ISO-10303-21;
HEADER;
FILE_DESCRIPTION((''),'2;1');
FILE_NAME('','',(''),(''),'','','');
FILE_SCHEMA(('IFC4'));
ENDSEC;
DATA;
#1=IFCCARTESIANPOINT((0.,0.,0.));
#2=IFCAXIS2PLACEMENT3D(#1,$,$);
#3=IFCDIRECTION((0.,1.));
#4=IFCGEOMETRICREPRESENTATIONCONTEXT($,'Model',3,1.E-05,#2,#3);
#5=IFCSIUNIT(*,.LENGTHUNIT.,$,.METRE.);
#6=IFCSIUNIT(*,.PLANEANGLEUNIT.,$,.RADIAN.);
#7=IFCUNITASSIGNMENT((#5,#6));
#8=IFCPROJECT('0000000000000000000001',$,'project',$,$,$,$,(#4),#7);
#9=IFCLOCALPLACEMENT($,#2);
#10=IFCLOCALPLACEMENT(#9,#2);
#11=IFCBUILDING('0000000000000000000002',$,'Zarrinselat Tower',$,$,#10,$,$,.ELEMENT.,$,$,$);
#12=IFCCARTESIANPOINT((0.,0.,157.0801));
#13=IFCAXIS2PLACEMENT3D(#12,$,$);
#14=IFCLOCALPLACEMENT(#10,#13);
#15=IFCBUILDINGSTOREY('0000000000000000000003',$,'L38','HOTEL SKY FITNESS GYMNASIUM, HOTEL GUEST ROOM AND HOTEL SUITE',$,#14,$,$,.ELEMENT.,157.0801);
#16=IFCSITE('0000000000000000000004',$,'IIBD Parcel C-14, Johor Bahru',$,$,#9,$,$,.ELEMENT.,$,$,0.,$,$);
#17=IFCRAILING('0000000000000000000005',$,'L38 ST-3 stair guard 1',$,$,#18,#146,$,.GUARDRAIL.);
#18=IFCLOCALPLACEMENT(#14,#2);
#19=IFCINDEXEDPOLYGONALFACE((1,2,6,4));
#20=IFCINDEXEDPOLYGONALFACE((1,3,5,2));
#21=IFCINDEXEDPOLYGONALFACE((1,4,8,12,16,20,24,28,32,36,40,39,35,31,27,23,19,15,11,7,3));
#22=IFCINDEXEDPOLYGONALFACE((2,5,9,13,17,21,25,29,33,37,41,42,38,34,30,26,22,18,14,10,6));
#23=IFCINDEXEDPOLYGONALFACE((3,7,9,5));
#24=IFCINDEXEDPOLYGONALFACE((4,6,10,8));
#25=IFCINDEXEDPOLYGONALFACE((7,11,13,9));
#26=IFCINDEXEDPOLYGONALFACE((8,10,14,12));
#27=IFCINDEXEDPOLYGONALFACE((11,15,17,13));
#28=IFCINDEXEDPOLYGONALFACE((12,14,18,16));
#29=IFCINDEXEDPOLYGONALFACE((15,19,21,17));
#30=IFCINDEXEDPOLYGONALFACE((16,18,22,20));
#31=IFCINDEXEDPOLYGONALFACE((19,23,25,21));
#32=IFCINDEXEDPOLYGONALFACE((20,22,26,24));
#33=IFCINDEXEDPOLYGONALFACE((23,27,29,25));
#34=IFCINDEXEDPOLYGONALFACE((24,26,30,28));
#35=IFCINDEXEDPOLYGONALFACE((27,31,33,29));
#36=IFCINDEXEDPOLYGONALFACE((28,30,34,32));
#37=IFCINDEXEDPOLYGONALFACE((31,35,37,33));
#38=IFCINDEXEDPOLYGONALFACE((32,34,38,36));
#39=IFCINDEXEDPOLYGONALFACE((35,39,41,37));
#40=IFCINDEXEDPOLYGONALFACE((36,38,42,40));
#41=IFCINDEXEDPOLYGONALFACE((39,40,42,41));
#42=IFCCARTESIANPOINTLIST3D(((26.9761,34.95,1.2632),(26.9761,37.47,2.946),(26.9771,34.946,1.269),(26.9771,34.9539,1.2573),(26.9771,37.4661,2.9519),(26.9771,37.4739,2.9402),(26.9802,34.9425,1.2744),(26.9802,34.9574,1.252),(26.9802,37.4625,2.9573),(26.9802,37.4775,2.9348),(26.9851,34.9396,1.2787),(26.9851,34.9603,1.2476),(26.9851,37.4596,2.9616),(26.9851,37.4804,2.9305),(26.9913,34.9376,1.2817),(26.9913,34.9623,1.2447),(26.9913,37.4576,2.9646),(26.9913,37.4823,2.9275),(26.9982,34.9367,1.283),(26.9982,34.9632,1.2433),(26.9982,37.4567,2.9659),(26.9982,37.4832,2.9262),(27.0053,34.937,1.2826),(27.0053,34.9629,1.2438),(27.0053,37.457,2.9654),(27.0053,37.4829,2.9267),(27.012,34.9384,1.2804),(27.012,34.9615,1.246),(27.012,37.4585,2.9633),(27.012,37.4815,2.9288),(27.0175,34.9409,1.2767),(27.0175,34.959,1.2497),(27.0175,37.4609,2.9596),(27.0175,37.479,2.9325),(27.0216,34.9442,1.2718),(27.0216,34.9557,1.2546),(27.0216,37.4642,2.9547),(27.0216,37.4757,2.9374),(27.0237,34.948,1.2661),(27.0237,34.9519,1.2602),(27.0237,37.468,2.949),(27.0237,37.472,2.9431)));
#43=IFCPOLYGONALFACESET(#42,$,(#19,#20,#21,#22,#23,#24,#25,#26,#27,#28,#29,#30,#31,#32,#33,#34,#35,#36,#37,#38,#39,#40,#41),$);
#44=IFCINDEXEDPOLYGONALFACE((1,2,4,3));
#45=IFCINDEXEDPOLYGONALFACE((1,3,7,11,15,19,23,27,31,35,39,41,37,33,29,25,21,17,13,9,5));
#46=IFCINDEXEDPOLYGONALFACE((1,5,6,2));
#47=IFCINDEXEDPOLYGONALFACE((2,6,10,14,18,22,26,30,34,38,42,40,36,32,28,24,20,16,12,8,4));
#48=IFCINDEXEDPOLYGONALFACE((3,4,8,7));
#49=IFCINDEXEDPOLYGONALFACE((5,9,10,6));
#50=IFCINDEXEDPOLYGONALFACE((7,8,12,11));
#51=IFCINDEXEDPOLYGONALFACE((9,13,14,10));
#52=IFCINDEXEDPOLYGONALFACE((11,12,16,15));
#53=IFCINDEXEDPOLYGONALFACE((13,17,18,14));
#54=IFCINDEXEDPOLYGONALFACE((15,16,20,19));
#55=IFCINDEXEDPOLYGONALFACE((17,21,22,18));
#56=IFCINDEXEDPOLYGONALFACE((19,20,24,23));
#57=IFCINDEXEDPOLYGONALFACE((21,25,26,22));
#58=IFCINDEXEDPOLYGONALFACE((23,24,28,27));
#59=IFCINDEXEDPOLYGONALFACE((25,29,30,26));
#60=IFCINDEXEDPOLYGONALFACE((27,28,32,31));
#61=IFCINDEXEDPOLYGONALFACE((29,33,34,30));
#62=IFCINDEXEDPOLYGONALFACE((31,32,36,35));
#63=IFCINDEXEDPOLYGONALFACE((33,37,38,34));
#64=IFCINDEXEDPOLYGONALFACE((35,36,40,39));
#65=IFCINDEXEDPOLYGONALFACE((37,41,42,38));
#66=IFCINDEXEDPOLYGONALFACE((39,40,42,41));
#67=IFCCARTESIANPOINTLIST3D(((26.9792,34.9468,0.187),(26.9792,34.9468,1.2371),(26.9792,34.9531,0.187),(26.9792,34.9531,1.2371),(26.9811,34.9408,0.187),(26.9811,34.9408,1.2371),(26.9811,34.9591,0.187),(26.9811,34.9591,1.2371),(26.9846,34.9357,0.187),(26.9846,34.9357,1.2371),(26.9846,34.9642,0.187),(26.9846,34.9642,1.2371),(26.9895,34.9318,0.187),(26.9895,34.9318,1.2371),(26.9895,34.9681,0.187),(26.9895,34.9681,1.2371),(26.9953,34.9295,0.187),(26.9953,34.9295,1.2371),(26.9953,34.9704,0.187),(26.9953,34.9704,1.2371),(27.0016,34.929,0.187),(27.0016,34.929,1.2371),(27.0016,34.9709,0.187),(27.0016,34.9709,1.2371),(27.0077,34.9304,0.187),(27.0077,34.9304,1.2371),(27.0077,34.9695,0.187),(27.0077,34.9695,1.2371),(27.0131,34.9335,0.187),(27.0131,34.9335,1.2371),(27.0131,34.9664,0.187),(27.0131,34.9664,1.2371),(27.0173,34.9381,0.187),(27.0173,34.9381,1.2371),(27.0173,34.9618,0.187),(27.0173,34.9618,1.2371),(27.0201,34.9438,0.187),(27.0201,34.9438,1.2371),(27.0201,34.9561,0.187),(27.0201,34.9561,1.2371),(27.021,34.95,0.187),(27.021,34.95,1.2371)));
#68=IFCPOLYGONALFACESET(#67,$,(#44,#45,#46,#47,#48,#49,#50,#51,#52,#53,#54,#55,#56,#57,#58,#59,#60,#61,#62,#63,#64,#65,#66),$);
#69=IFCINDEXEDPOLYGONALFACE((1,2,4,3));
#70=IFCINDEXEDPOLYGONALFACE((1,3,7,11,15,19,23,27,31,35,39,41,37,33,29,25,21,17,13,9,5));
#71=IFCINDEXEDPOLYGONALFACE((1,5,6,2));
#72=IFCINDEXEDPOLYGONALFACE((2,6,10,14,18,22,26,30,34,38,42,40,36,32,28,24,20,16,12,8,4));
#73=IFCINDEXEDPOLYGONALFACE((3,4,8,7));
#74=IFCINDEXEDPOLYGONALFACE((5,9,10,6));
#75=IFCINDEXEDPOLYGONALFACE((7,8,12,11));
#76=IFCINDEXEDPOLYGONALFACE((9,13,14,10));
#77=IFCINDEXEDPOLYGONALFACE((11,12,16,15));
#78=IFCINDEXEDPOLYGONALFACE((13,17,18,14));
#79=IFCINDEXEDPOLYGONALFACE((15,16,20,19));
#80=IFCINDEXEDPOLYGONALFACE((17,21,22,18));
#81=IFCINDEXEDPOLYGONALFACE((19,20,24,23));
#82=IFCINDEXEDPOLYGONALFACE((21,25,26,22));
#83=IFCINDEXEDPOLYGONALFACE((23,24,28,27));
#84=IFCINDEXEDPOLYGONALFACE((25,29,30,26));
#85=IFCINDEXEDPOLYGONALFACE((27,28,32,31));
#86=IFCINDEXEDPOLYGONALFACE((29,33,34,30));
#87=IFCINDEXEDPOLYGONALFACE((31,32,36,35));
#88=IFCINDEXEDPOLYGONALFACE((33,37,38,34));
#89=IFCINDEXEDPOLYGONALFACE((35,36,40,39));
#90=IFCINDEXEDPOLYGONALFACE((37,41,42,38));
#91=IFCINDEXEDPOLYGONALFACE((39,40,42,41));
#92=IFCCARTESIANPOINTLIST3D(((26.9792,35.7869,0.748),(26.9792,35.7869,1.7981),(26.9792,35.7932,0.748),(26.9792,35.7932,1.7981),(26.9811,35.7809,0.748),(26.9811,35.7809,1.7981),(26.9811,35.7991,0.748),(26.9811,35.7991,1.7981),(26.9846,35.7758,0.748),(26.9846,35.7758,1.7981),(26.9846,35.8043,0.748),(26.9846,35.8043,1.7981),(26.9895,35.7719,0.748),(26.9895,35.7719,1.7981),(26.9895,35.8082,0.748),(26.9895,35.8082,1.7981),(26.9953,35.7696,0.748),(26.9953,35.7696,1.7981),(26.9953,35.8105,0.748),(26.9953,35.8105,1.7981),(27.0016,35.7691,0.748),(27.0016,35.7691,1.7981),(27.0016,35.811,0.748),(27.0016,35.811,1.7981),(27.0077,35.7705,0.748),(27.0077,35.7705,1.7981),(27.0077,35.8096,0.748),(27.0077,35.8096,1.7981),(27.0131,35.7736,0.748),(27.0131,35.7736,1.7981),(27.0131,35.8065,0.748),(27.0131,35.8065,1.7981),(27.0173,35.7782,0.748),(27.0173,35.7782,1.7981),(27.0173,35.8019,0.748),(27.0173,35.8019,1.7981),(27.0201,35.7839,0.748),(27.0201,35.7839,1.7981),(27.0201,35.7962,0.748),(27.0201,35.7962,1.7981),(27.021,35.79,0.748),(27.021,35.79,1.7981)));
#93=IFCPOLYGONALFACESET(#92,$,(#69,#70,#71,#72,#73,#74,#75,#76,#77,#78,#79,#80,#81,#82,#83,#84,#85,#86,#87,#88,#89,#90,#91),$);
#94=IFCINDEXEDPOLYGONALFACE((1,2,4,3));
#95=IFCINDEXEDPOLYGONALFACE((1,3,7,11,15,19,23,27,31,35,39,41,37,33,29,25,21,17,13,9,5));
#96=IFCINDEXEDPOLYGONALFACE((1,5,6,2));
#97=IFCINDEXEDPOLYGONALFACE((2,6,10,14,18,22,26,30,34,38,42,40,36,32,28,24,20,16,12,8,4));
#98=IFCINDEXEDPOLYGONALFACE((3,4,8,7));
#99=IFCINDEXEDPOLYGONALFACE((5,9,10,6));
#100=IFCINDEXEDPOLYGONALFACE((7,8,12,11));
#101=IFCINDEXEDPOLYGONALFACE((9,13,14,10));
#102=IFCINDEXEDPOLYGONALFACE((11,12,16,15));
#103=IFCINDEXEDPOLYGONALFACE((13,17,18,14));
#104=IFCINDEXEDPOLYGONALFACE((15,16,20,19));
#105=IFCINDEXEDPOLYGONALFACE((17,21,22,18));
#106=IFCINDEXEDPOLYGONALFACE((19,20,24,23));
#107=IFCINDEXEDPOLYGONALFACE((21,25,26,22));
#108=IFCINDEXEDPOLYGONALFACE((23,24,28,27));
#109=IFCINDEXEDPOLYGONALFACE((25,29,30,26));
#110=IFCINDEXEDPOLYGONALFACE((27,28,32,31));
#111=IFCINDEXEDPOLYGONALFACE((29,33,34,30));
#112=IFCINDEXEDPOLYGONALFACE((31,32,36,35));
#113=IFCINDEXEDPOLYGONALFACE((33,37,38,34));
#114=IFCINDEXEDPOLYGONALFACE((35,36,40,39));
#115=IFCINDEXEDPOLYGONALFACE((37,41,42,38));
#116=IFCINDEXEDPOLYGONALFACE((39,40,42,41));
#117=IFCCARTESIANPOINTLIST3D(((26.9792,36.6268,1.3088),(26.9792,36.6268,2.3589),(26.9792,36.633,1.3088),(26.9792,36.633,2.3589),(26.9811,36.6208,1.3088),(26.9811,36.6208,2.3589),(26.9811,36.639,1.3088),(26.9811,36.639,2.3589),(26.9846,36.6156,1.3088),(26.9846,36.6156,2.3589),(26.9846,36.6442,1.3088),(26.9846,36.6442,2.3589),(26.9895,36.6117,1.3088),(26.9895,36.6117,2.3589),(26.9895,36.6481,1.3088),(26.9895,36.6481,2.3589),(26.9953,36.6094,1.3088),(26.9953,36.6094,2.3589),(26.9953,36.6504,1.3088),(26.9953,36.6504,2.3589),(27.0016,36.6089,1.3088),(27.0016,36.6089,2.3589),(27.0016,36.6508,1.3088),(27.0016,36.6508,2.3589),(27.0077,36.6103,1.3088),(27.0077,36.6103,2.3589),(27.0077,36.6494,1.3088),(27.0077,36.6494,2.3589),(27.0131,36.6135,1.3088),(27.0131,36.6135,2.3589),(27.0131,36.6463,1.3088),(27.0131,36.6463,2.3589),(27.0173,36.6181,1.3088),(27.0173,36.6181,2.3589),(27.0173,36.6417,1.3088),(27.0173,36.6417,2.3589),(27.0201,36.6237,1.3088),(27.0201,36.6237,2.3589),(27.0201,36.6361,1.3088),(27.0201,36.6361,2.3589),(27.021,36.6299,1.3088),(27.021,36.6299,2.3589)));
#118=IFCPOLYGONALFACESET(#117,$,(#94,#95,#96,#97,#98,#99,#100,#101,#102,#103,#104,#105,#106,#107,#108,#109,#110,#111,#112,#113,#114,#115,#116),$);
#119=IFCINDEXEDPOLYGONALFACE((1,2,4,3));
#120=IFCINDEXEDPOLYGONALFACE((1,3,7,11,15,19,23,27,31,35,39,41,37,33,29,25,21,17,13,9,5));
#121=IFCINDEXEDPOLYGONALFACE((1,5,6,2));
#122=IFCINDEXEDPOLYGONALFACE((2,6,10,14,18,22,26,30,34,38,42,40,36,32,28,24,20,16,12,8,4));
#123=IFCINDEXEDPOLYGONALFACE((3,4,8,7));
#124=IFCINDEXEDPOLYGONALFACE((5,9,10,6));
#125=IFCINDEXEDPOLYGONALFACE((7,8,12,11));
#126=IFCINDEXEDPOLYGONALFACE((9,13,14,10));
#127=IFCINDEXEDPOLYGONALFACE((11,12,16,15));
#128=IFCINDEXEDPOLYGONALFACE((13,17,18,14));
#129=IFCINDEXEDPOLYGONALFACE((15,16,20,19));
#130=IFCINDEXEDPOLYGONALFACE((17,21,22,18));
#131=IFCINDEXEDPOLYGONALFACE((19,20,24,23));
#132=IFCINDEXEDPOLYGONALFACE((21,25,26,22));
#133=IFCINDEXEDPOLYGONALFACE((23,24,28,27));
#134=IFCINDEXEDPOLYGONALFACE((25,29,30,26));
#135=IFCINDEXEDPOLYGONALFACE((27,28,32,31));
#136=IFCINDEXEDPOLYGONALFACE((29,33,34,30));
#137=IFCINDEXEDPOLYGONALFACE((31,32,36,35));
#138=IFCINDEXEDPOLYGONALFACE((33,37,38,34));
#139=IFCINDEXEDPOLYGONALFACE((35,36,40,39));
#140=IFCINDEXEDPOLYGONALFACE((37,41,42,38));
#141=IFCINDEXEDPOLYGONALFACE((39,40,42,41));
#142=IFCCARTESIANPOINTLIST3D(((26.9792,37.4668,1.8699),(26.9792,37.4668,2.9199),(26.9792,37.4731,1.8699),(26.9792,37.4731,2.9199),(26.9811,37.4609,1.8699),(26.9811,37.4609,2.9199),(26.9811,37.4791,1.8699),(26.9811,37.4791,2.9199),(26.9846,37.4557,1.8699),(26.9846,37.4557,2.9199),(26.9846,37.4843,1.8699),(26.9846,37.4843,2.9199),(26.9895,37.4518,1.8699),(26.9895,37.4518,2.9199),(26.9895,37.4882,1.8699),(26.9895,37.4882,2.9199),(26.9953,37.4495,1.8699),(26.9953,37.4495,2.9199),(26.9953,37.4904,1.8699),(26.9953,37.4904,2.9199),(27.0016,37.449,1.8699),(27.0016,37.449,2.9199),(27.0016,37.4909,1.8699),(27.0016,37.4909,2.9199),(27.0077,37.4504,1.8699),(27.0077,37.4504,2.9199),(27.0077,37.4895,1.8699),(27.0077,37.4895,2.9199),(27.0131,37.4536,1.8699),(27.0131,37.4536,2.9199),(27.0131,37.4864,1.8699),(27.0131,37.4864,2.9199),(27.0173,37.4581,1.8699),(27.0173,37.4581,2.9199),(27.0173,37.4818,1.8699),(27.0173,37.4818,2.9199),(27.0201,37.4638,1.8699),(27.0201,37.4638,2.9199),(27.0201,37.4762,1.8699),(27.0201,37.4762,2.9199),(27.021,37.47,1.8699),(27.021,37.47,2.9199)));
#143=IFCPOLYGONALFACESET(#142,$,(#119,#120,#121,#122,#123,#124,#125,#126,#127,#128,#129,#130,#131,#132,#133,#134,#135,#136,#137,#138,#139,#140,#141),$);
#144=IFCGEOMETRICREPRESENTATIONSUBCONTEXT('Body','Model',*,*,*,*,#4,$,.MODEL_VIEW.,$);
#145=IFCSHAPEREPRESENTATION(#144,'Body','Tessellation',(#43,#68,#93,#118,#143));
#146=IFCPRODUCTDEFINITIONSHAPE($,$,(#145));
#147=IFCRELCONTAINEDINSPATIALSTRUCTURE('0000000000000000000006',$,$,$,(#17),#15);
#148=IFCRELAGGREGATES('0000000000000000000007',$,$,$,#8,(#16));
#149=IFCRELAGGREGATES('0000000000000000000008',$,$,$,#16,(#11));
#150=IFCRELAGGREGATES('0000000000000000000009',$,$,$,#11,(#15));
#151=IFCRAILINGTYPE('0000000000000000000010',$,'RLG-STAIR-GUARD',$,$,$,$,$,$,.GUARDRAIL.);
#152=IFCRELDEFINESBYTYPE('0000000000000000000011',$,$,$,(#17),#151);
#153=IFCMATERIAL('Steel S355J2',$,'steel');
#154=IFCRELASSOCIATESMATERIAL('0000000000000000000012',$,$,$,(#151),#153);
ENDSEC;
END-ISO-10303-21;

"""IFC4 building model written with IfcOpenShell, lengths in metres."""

from ifc_helpers import new_model, si_unit, direction, frame, origin, origin_2d, place, context, subcontext, project, spatial, circle, extrude, material, type_object, element, save


model = new_model("IFC4")

# Units and contexts
model_context = context("Model", 3, precision=1e-05, world=origin(), true_north=direction((0.0, 1.0)))
body_context = subcontext(model_context, "Body", "Model", "MODEL_VIEW")
ifc_project = project(units=[si_unit("LENGTHUNIT", "METRE"), si_unit("PLANEANGLEUNIT", "RADIAN")], contexts=[model_context])

# Site, building, storey
site_placement = place(None, origin())
site = spatial("IfcSite", under=ifc_project, at=site_placement, Name="IIBD Parcel C-14, Johor Bahru", CompositionType="ELEMENT", RefElevation=0.0)
building_placement = place(site_placement, origin())
building = spatial("IfcBuilding", under=site, at=building_placement, Name="Zarrinselat Tower", CompositionType="ELEMENT")
storey_placement = place(building_placement, frame((0.0, 0.0, 157.0801)))
storey = spatial("IfcBuildingStorey", under=building, at=storey_placement, Name="L38", Description="HOTEL SKY FITNESS GYMNASIUM, HOTEL GUEST ROOM AND HOTEL SUITE", CompositionType="ELEMENT", Elevation=157.0801)

# Railing
ifc_material_1 = material(Name="Steel S355J2", Category="steel")
railing_type = type_object("IfcRailingType", Name="RLG-STAIR-GUARD", PredefinedType="GUARDRAIL", material=ifc_material_1)
railing_1_placement = place(storey_placement, frame((27.0, 34.95, 0.187)))
element("IfcRailing", 1, at=railing_1_placement, inside=storey, type_object=railing_type, Name="L38 ST-3 stair guard 1", PredefinedType="GUARDRAIL", context=body_context, shape_type="SweptSolid", body=[
    extrude(circle(Radius=0.0239, at=origin_2d()), frame((0.0, 0.0, 1.0762), z_axis=(0.0, 0.831616, 0.555351), x_axis=(-1.0, 0.0, 0.0)), (0.0, 0.0, 1.0), 3.0303),
    extrude(circle(Radius=0.021, at=origin_2d()), origin(), (0.0, 0.0, 1.0), 1.05),
    extrude(circle(Radius=0.021, at=origin_2d()), frame((0.0, 0.8401, 0.561)), (0.0, 0.0, 1.0), 1.05),
    extrude(circle(Radius=0.021, at=origin_2d()), frame((0.0, 1.6799, 1.1218)), (0.0, 0.0, 1.0), 1.05),
    extrude(circle(Radius=0.021, at=origin_2d()), frame((0.0, 2.52, 1.6829)), (0.0, 0.0, 1.0), 1.05),
])

save(model, "model.ifc")
